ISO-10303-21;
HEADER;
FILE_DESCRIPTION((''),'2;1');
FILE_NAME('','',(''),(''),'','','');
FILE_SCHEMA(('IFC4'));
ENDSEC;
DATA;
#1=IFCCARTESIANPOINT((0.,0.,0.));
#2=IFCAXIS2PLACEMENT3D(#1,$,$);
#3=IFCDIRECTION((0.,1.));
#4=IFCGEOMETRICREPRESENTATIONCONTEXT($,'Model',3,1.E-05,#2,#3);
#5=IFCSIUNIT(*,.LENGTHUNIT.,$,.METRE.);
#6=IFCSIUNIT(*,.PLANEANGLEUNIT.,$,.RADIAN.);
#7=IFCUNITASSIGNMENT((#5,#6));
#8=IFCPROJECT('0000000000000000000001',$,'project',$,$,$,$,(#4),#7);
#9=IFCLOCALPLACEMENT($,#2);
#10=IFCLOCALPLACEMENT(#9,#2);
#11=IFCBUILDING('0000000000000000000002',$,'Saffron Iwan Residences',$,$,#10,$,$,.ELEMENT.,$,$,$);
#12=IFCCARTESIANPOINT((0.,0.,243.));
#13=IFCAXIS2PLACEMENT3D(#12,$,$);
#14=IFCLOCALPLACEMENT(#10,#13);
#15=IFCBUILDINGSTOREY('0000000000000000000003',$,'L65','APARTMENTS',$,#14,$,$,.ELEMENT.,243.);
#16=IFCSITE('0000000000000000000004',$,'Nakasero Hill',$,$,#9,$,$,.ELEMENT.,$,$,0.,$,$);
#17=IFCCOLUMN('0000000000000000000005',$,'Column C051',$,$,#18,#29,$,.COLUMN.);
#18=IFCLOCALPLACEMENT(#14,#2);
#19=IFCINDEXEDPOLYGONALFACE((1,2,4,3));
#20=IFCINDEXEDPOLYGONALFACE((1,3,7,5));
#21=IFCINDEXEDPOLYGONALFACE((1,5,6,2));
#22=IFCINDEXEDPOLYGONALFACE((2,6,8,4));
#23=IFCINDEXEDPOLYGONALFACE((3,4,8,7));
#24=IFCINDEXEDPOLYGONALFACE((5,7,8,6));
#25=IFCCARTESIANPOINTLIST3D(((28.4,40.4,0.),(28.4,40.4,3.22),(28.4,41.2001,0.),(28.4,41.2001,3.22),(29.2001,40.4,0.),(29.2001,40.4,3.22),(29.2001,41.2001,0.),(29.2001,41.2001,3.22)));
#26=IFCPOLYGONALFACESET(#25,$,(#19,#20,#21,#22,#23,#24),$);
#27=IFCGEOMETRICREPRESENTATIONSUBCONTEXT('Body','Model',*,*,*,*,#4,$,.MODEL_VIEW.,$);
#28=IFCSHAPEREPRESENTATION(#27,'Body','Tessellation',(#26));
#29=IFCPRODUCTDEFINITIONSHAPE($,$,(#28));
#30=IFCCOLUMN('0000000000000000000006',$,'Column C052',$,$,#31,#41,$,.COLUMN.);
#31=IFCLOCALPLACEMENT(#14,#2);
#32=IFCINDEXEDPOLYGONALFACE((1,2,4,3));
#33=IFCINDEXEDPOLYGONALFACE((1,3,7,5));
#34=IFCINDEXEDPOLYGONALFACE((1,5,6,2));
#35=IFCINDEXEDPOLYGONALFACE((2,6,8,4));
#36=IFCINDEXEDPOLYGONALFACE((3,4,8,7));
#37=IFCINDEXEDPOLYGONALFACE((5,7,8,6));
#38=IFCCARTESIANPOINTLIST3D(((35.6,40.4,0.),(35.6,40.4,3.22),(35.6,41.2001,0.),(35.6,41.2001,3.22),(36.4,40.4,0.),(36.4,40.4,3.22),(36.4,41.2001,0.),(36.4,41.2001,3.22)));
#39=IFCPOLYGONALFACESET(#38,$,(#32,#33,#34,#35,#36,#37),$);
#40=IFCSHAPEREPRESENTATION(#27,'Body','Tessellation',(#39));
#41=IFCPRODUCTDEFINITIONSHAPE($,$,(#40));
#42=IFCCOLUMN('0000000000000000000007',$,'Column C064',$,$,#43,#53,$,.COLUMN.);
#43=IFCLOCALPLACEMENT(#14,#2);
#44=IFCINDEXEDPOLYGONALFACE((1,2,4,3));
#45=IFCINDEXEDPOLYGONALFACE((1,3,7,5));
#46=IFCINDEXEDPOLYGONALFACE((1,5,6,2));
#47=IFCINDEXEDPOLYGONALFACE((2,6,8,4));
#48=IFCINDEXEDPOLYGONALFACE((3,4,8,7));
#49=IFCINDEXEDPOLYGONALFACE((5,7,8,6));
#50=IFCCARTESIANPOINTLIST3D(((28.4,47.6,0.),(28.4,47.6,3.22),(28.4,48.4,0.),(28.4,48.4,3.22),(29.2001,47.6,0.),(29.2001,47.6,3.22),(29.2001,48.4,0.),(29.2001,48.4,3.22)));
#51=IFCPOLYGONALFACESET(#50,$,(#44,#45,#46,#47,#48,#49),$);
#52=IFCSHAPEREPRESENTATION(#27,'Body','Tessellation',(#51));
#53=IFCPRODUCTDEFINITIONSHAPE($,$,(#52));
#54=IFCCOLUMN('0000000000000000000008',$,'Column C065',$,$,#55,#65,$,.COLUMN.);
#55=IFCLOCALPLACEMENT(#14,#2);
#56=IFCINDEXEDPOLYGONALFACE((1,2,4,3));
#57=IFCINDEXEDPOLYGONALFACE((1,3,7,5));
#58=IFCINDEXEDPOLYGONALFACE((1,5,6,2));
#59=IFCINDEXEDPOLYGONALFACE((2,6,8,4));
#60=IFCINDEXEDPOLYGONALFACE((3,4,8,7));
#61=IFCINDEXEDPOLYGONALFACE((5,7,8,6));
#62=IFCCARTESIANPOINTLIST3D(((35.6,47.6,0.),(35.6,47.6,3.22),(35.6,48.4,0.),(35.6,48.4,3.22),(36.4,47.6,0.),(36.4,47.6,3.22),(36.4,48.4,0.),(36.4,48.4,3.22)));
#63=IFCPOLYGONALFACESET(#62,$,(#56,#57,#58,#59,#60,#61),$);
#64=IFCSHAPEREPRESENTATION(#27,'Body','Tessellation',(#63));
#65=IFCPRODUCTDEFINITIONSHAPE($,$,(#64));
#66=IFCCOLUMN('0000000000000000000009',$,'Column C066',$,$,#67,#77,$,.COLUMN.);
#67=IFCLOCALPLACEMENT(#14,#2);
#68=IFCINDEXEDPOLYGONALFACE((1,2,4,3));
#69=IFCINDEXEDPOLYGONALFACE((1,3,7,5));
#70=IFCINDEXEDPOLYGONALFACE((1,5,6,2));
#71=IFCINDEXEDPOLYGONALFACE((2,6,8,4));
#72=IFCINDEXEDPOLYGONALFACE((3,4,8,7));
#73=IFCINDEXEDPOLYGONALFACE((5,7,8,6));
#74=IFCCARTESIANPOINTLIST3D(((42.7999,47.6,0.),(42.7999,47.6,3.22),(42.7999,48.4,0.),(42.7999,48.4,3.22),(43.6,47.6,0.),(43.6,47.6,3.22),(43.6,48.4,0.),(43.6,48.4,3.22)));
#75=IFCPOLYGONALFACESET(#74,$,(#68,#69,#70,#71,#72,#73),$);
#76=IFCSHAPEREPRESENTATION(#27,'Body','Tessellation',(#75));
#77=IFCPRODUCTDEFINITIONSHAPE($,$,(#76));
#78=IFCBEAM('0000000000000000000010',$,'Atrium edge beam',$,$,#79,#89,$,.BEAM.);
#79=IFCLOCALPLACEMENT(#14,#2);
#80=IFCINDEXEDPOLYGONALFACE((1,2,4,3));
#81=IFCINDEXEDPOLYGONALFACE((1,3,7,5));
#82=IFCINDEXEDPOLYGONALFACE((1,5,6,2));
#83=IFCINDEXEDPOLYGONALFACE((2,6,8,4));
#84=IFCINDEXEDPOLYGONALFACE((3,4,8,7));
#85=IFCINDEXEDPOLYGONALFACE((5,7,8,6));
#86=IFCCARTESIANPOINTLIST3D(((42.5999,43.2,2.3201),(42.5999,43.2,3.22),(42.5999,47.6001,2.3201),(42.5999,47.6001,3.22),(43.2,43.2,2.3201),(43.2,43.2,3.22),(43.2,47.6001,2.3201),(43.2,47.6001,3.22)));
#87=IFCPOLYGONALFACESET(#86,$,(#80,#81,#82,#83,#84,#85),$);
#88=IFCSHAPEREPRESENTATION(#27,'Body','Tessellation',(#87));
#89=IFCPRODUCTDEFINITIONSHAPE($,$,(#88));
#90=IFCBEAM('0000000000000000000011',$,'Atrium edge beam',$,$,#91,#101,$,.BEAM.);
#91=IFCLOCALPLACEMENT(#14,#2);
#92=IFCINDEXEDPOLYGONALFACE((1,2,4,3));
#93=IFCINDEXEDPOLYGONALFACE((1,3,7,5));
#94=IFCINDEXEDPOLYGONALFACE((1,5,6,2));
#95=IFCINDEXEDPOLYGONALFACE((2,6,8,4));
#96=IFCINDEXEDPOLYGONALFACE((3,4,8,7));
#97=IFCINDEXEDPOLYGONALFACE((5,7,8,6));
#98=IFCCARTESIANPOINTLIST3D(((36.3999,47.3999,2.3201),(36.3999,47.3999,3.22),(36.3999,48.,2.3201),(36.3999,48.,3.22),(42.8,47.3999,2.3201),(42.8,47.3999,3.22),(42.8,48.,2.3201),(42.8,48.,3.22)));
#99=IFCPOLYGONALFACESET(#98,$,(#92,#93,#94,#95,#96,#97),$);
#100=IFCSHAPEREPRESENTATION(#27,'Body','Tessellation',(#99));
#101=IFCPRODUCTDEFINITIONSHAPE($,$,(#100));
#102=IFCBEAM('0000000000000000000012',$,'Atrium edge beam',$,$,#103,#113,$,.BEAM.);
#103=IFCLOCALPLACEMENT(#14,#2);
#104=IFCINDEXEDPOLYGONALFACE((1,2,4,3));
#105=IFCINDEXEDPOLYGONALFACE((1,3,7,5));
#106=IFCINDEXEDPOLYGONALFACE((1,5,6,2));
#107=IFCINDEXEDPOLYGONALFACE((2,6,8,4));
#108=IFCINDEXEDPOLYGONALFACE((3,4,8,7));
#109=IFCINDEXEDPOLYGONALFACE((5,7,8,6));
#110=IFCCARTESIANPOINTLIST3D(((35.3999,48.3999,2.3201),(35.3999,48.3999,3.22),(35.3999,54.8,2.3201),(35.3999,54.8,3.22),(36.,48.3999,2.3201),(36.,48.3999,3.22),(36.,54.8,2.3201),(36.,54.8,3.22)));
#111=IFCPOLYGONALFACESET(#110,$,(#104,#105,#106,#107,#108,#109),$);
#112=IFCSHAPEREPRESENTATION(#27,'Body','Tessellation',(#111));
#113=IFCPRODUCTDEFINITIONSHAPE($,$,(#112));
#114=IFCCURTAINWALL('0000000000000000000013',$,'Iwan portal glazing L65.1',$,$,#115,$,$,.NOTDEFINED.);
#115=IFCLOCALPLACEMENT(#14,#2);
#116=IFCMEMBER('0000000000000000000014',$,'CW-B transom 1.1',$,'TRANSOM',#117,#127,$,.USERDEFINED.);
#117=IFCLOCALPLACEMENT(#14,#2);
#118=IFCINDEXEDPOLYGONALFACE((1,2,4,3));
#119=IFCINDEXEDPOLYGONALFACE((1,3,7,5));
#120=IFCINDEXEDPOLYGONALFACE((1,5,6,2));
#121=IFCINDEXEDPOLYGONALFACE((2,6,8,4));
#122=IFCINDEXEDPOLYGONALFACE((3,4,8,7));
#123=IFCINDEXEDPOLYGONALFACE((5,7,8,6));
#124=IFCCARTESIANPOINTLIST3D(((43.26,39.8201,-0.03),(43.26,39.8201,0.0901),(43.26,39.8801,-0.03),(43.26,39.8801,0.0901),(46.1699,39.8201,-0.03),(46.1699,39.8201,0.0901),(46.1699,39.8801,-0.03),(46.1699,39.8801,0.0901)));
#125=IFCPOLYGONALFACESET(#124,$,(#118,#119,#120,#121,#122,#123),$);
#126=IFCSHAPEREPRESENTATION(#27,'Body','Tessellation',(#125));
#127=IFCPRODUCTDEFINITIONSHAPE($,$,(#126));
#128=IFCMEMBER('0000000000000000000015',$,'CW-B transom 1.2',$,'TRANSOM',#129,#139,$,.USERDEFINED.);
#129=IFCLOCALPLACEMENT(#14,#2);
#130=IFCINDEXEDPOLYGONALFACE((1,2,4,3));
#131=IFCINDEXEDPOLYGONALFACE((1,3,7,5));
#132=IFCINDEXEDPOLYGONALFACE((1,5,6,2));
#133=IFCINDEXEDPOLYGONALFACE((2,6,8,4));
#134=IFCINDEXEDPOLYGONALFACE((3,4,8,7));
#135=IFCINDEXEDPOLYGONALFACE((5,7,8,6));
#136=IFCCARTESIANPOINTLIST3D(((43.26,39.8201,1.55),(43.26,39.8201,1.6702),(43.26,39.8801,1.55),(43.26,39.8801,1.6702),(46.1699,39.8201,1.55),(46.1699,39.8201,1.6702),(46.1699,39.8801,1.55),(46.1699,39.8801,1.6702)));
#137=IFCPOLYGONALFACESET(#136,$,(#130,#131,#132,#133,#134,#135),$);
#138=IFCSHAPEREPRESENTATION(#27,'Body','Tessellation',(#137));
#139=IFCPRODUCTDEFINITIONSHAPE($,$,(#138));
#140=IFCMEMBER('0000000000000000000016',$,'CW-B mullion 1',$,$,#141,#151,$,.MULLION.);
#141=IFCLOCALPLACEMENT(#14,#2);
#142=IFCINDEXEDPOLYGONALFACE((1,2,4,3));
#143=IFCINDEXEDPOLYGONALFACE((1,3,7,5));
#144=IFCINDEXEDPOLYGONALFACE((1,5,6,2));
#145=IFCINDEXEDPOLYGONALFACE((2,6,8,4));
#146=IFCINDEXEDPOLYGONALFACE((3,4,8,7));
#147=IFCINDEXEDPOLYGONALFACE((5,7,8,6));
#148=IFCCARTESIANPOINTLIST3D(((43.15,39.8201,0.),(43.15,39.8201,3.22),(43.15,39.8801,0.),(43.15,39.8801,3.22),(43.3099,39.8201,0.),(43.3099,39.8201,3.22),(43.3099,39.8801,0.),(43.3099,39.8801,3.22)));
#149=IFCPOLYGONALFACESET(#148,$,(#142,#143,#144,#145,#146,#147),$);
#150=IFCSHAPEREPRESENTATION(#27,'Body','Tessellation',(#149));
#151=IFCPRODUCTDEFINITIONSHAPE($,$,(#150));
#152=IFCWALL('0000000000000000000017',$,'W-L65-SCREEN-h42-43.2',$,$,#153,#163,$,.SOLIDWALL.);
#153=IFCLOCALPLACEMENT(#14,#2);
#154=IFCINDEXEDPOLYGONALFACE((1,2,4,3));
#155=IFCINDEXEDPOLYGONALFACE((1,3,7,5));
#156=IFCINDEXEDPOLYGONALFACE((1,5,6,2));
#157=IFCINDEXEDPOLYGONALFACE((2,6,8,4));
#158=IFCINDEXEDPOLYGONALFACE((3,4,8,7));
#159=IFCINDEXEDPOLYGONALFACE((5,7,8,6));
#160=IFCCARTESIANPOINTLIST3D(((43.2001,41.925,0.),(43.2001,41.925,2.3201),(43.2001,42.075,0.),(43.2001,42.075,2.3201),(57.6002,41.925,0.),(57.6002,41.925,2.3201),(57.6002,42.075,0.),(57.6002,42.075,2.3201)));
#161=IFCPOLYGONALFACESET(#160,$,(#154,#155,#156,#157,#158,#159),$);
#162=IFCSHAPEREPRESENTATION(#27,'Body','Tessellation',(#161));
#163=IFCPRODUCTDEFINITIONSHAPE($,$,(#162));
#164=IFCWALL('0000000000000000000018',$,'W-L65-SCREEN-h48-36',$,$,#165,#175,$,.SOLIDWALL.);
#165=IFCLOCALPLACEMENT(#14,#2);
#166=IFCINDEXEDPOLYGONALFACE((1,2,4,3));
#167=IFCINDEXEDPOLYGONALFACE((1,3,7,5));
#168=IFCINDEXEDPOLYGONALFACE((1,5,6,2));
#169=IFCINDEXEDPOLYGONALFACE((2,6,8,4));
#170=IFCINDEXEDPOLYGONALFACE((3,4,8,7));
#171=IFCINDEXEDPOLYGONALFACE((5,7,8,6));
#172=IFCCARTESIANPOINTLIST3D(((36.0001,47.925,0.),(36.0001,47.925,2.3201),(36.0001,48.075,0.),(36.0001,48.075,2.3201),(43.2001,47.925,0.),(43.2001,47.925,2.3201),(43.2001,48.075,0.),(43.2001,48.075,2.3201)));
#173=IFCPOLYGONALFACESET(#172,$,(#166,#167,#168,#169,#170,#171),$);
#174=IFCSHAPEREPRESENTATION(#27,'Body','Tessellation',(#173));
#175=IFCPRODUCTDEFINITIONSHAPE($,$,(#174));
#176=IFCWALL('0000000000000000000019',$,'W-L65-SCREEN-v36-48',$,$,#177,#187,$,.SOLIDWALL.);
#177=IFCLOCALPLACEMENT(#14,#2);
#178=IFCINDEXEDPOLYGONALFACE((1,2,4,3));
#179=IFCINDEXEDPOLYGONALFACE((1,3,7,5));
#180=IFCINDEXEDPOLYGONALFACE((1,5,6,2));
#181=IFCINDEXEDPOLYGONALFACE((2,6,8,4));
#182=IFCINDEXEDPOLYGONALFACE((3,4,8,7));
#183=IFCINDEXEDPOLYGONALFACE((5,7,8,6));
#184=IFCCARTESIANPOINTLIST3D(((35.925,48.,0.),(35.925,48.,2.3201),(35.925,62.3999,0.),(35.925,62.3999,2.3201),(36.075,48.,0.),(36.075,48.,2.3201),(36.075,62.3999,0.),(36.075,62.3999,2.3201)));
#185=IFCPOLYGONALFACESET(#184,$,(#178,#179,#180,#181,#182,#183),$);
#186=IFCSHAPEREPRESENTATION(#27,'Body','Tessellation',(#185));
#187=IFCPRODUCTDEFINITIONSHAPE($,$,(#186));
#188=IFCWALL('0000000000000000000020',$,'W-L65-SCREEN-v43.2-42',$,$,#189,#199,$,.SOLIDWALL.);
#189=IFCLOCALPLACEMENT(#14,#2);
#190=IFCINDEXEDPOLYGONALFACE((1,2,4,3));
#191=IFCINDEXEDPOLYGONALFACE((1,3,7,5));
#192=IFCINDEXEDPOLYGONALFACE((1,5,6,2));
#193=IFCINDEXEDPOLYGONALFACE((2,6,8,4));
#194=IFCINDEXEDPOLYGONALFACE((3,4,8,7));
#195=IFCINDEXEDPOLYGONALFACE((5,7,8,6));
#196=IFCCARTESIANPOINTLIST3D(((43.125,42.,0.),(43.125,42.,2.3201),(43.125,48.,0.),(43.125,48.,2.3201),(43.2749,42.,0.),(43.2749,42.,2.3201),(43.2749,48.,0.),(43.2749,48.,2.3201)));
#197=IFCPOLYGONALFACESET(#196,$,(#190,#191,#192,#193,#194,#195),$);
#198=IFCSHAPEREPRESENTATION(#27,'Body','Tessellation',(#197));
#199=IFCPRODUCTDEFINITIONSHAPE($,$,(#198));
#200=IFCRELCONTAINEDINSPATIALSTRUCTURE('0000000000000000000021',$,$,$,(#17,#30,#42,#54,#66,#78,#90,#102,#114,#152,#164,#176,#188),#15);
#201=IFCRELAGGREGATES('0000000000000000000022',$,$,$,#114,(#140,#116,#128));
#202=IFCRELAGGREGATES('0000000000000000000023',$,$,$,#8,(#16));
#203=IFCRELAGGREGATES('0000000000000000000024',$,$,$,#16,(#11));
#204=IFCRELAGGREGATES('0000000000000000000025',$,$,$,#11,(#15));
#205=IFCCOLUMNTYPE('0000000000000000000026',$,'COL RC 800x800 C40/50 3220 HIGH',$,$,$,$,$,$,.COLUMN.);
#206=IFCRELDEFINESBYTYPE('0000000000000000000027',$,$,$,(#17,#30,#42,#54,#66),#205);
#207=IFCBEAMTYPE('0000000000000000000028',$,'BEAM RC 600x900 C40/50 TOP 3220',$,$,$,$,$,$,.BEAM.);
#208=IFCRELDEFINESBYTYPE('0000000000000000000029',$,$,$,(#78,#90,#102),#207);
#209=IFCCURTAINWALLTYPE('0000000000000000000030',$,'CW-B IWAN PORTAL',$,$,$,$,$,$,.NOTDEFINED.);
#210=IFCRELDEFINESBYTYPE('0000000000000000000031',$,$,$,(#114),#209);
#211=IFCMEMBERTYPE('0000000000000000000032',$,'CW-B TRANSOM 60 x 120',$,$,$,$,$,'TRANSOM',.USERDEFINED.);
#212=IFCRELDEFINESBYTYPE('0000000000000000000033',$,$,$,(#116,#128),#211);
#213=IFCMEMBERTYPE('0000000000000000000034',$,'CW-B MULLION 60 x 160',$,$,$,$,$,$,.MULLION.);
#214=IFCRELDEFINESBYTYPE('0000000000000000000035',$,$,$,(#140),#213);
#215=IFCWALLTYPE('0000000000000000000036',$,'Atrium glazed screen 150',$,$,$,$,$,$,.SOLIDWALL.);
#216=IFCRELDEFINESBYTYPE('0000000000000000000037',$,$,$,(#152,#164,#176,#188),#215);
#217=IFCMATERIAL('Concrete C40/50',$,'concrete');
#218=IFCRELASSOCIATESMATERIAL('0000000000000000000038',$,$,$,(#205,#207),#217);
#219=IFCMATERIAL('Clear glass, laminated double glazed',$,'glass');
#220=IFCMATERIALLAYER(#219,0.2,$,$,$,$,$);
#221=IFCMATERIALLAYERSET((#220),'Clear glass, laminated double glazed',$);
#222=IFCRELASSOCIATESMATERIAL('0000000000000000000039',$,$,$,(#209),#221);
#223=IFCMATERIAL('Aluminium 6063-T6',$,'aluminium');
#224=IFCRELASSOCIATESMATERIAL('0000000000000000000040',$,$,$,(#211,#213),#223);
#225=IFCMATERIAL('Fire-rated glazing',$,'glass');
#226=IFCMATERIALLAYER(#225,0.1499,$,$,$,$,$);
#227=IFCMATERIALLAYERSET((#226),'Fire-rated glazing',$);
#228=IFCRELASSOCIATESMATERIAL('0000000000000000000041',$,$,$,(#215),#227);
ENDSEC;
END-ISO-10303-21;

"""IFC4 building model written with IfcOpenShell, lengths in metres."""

from ifc_helpers import new_model, si_unit, direction, frame, frame_2d, origin, origin_2d, place, context, subcontext, project, spatial, rectangle, extrude, source, transform, mapped, material, layer, layer_set, material_profile, profile_set, type_object, element, aggregate, save


model = new_model("IFC4")

# Units and contexts
model_context = context("Model", 3, precision=1e-05, world=origin(), true_north=direction((0.0, 1.0)))
body_context = subcontext(model_context, "Body", "Model", "MODEL_VIEW")
ifc_project = project(units=[si_unit("LENGTHUNIT", "METRE"), si_unit("PLANEANGLEUNIT", "RADIAN")], contexts=[model_context])

# Site, building, storey
site_placement = place(None, origin())
site = spatial("IfcSite", under=ifc_project, at=site_placement, Name="Nakasero Hill", CompositionType="ELEMENT", RefElevation=0.0)
building_placement = place(site_placement, origin())
building = spatial("IfcBuilding", under=site, at=building_placement, Name="Saffron Iwan Residences", CompositionType="ELEMENT")
storey_placement = place(building_placement, frame((0.0, 0.0, 243.0)))
storey = spatial("IfcBuildingStorey", under=building, at=storey_placement, Name="L65", Description="APARTMENTS", CompositionType="ELEMENT", Elevation=243.0)

# Columns
ifc_material_1 = material(Name="Concrete C40/50", Category="concrete")
ifc_material_profile_1 = material_profile(ifc_material_1, rectangle(XDim=0.8, YDim=0.8, at=origin_2d()), Name="RC 800x800")
ifc_profile_set_1 = profile_set([ifc_material_profile_1], Name="Concrete C40/50")
column_type = type_object("IfcColumnType", Name="COL RC 800x800 C40/50 3220 HIGH", PredefinedType="COLUMN", material=ifc_profile_set_1)
shared_shape_1 = source(origin(), body_context, "Body", "SweptSolid", [
    extrude(rectangle(XDim=0.8, YDim=0.8, at=origin_2d()), origin(), (0.0, 0.0, 1.0), 3.22),
])
for number, where, z_axis, x_axis, name in (
    (1, (28.8, 40.8, 0.0), (0.0, 0.0, 1.0), (1.0, 0.0, 0.0), "Column C051"),
    (2, (36.0, 40.8, 0.0), (0.0, 0.0, 1.0), (1.0, 0.0, 0.0), "Column C052"),
    (3, (28.8, 48.0, 0.0), (0.0, 0.0, 1.0), (1.0, 0.0, 0.0), "Column C064"),
    (4, (36.0, 48.0, 0.0), (0.0, 0.0, 1.0), (1.0, 0.0, 0.0), "Column C065"),
    (5, (43.2, 48.0, 0.0), (0.0, 0.0, 1.0), (1.0, 0.0, 0.0), "Column C066"),
):
    element("IfcColumn", number, at=place(storey_placement, frame(where, z_axis=z_axis, x_axis=x_axis)), inside=storey, type_object=column_type, Name=name, PredefinedType="COLUMN", context=body_context, shape_type="MappedRepresentation", body=[
        mapped(shared_shape_1, transform((0.0, 0.0, 0.0))),
    ])

# Beams
ifc_material_profile_2 = material_profile(ifc_material_1, rectangle(XDim=0.6001, YDim=0.8999, at=origin_2d()), Name="RC 600x900")
ifc_profile_set_2 = profile_set([ifc_material_profile_2], Name="Concrete C40/50")
beam_type = type_object("IfcBeamType", Name="BEAM RC 600x900 C40/50 TOP 3220", PredefinedType="BEAM", material=ifc_profile_set_2)
shared_shape_2 = source(origin(), body_context, "Body", "SweptSolid", [
    extrude(rectangle(XDim=0.6001, YDim=0.8999, at=origin_2d()), origin(), (0.0, 0.0, 1.0), 4.4001),
])
beam_placement = place(storey_placement, frame((42.8999, 43.2, 2.77), z_axis=(0.0, 1.0, 0.0), x_axis=(-1.0, 0.0, 0.0)))
element("IfcBeam", 6, at=beam_placement, inside=storey, type_object=beam_type, Name="Atrium edge beam", PredefinedType="BEAM", context=body_context, shape_type="MappedRepresentation", body=[
    mapped(shared_shape_2, transform((0.0, 0.0, 0.0))),
])
shared_shape_3 = source(origin(), body_context, "Body", "SweptSolid", [
    extrude(rectangle(XDim=0.6001, YDim=0.8999, at=origin_2d()), origin(), (0.0, 0.0, 1.0), 6.4001),
])
for number, where, z_axis, x_axis, name in (
    (7, (42.8, 47.7, 2.77), (-1.0, 0.0, 0.0), (0.0, -1.0, 0.0), "Atrium edge beam"),
    (8, (35.7, 48.3999, 2.77), (0.0, 1.0, 0.0), (-1.0, 0.0, 0.0), "Atrium edge beam"),
):
    element("IfcBeam", number, at=place(storey_placement, frame(where, z_axis=z_axis, x_axis=x_axis)), inside=storey, type_object=beam_type, Name=name, PredefinedType="BEAM", context=body_context, shape_type="MappedRepresentation", body=[
        mapped(shared_shape_3, transform((0.0, 0.0, 0.0))),
    ])

# Curtain wall, members
ifc_material_2 = material(Name="Clear glass, laminated double glazed", Category="glass")
ifc_layer_1 = layer(ifc_material_2, 0.2)
ifc_layer_set_1 = layer_set([ifc_layer_1], Name="Clear glass, laminated double glazed")
curtain_wall_type = type_object("IfcCurtainWallType", Name="CW-B IWAN PORTAL", PredefinedType="NOTDEFINED", material=ifc_layer_set_1)
curtain_wall_placement = place(storey_placement, origin())
curtain_wall = element("IfcCurtainWall", 9, at=curtain_wall_placement, inside=storey, type_object=curtain_wall_type, Name="Iwan portal glazing L65.1", PredefinedType="NOTDEFINED")
ifc_material_3 = material(Name="Aluminium 6063-T6", Category="aluminium")
ifc_material_profile_3 = material_profile(ifc_material_3, rectangle(XDim=0.0601, YDim=0.1201, at=origin_2d()), Name="CW-B TRANSOM 60 x 120")
ifc_profile_set_3 = profile_set([ifc_material_profile_3], Name="Aluminium 6063-T6")
member_type_1 = type_object("IfcMemberType", Name="CW-B TRANSOM 60 x 120", ElementType="TRANSOM", PredefinedType="USERDEFINED", material=ifc_profile_set_3)
shared_shape_4 = source(origin(), body_context, "Body", "SweptSolid", [
    extrude(rectangle(XDim=0.0601, YDim=0.1201, at=origin_2d()), origin(), (0.0, 0.0, 1.0), 2.9099),
])
member_1_placement = place(storey_placement, frame((43.26, 39.8501, 0.03), z_axis=(1.0, 0.0, 0.0), x_axis=(0.0, 1.0, 0.0)))
member_1 = element("IfcMember", 10, at=member_1_placement, type_object=member_type_1, Name="CW-B transom 1.1", ObjectType="TRANSOM", PredefinedType="USERDEFINED", context=body_context, shape_type="MappedRepresentation", body=[
    mapped(shared_shape_4, transform((0.0, 0.0, 0.0))),
])
member_2_placement = place(storey_placement, frame((43.26, 39.8501, 1.6101), z_axis=(1.0, 0.0, 0.0), x_axis=(0.0, 1.0, 0.0)))
member_2 = element("IfcMember", 11, at=member_2_placement, type_object=member_type_1, Name="CW-B transom 1.2", ObjectType="TRANSOM", PredefinedType="USERDEFINED", context=body_context, shape_type="MappedRepresentation", body=[
    mapped(shared_shape_4, transform((0.0, 0.0, 0.0))),
])
ifc_material_profile_4 = material_profile(ifc_material_3, rectangle(XDim=0.0601, YDim=0.1599, at=origin_2d()), Name="CW-B MULLION 60 x 160")
ifc_profile_set_4 = profile_set([ifc_material_profile_4], Name="Aluminium 6063-T6")
member_type_2 = type_object("IfcMemberType", Name="CW-B MULLION 60 x 160", PredefinedType="MULLION", material=ifc_profile_set_4)
shared_shape_5 = source(origin(), body_context, "Body", "SweptSolid", [
    extrude(rectangle(XDim=0.0601, YDim=0.1599, at=origin_2d()), origin(), (0.0, 0.0, 1.0), 3.22),
])
member_3_placement = place(storey_placement, frame((43.23, 39.8501, 0.0), z_axis=(0.0, 0.0, 1.0), x_axis=(0.0, 1.0, 0.0)))
member_3 = element("IfcMember", 12, at=member_3_placement, type_object=member_type_2, Name="CW-B mullion 1", PredefinedType="MULLION", context=body_context, shape_type="MappedRepresentation", body=[
    mapped(shared_shape_5, transform((0.0, 0.0, 0.0))),
])
aggregate(curtain_wall, [member_3, member_1, member_2])

# Walls
ifc_material_4 = material(Name="Fire-rated glazing", Category="glass")
ifc_layer_2 = layer(ifc_material_4, 0.1499)
ifc_layer_set_2 = layer_set([ifc_layer_2], Name="Fire-rated glazing")
wall_type_1 = type_object("IfcWallType", Name="Atrium glazed screen 150", PredefinedType="SOLIDWALL", material=ifc_layer_set_2)
wall_1_placement = place(storey_placement, frame((43.2, 42.0, 0.0), z_axis=(0.0, 0.0, 1.0), x_axis=(1.0, 0.0, 0.0)))
element("IfcWall", 13, at=wall_1_placement, inside=storey, type_object=wall_type_1, Name="W-L65-SCREEN-h42-43.2", PredefinedType="SOLIDWALL", context=body_context, shape_type="SweptSolid", body=[
    extrude(rectangle(XDim=14.4001, YDim=0.1499, at=frame_2d((7.2002, 0.0))), origin(), (0.0, 0.0, 1.0), 2.3201),
])
wall_2_placement = place(storey_placement, frame((36.0, 48.0, 0.0), z_axis=(0.0, 0.0, 1.0), x_axis=(1.0, 0.0, 0.0)))
element("IfcWall", 14, at=wall_2_placement, inside=storey, type_object=wall_type_1, Name="W-L65-SCREEN-h48-36", PredefinedType="SOLIDWALL", context=body_context, shape_type="SweptSolid", body=[
    extrude(rectangle(XDim=7.2, YDim=0.1499, at=frame_2d((3.6001, 0.0))), origin(), (0.0, 0.0, 1.0), 2.3201),
])
wall_3_placement = place(storey_placement, frame((36.0, 48.0, 0.0), z_axis=(0.0, 0.0, 1.0), x_axis=(0.0, 1.0, 0.0)))
element("IfcWall", 15, at=wall_3_placement, inside=storey, type_object=wall_type_1, Name="W-L65-SCREEN-v36-48", PredefinedType="SOLIDWALL", context=body_context, shape_type="SweptSolid", body=[
    extrude(rectangle(XDim=14.3999, YDim=0.1499, at=frame_2d((7.2, 0.0))), origin(), (0.0, 0.0, 1.0), 2.3201),
])
wall_4_placement = place(storey_placement, frame((43.2, 42.0, 0.0), z_axis=(0.0, 0.0, 1.0), x_axis=(0.0, 1.0, 0.0)))
element("IfcWall", 16, at=wall_4_placement, inside=storey, type_object=wall_type_1, Name="W-L65-SCREEN-v43.2-42", PredefinedType="SOLIDWALL", context=body_context, shape_type="SweptSolid", body=[
    extrude(rectangle(XDim=6.0, YDim=0.1499, at=frame_2d((3.0, 0.0))), origin(), (0.0, 0.0, 1.0), 2.3201),
])

save(model, "model.ifc")
